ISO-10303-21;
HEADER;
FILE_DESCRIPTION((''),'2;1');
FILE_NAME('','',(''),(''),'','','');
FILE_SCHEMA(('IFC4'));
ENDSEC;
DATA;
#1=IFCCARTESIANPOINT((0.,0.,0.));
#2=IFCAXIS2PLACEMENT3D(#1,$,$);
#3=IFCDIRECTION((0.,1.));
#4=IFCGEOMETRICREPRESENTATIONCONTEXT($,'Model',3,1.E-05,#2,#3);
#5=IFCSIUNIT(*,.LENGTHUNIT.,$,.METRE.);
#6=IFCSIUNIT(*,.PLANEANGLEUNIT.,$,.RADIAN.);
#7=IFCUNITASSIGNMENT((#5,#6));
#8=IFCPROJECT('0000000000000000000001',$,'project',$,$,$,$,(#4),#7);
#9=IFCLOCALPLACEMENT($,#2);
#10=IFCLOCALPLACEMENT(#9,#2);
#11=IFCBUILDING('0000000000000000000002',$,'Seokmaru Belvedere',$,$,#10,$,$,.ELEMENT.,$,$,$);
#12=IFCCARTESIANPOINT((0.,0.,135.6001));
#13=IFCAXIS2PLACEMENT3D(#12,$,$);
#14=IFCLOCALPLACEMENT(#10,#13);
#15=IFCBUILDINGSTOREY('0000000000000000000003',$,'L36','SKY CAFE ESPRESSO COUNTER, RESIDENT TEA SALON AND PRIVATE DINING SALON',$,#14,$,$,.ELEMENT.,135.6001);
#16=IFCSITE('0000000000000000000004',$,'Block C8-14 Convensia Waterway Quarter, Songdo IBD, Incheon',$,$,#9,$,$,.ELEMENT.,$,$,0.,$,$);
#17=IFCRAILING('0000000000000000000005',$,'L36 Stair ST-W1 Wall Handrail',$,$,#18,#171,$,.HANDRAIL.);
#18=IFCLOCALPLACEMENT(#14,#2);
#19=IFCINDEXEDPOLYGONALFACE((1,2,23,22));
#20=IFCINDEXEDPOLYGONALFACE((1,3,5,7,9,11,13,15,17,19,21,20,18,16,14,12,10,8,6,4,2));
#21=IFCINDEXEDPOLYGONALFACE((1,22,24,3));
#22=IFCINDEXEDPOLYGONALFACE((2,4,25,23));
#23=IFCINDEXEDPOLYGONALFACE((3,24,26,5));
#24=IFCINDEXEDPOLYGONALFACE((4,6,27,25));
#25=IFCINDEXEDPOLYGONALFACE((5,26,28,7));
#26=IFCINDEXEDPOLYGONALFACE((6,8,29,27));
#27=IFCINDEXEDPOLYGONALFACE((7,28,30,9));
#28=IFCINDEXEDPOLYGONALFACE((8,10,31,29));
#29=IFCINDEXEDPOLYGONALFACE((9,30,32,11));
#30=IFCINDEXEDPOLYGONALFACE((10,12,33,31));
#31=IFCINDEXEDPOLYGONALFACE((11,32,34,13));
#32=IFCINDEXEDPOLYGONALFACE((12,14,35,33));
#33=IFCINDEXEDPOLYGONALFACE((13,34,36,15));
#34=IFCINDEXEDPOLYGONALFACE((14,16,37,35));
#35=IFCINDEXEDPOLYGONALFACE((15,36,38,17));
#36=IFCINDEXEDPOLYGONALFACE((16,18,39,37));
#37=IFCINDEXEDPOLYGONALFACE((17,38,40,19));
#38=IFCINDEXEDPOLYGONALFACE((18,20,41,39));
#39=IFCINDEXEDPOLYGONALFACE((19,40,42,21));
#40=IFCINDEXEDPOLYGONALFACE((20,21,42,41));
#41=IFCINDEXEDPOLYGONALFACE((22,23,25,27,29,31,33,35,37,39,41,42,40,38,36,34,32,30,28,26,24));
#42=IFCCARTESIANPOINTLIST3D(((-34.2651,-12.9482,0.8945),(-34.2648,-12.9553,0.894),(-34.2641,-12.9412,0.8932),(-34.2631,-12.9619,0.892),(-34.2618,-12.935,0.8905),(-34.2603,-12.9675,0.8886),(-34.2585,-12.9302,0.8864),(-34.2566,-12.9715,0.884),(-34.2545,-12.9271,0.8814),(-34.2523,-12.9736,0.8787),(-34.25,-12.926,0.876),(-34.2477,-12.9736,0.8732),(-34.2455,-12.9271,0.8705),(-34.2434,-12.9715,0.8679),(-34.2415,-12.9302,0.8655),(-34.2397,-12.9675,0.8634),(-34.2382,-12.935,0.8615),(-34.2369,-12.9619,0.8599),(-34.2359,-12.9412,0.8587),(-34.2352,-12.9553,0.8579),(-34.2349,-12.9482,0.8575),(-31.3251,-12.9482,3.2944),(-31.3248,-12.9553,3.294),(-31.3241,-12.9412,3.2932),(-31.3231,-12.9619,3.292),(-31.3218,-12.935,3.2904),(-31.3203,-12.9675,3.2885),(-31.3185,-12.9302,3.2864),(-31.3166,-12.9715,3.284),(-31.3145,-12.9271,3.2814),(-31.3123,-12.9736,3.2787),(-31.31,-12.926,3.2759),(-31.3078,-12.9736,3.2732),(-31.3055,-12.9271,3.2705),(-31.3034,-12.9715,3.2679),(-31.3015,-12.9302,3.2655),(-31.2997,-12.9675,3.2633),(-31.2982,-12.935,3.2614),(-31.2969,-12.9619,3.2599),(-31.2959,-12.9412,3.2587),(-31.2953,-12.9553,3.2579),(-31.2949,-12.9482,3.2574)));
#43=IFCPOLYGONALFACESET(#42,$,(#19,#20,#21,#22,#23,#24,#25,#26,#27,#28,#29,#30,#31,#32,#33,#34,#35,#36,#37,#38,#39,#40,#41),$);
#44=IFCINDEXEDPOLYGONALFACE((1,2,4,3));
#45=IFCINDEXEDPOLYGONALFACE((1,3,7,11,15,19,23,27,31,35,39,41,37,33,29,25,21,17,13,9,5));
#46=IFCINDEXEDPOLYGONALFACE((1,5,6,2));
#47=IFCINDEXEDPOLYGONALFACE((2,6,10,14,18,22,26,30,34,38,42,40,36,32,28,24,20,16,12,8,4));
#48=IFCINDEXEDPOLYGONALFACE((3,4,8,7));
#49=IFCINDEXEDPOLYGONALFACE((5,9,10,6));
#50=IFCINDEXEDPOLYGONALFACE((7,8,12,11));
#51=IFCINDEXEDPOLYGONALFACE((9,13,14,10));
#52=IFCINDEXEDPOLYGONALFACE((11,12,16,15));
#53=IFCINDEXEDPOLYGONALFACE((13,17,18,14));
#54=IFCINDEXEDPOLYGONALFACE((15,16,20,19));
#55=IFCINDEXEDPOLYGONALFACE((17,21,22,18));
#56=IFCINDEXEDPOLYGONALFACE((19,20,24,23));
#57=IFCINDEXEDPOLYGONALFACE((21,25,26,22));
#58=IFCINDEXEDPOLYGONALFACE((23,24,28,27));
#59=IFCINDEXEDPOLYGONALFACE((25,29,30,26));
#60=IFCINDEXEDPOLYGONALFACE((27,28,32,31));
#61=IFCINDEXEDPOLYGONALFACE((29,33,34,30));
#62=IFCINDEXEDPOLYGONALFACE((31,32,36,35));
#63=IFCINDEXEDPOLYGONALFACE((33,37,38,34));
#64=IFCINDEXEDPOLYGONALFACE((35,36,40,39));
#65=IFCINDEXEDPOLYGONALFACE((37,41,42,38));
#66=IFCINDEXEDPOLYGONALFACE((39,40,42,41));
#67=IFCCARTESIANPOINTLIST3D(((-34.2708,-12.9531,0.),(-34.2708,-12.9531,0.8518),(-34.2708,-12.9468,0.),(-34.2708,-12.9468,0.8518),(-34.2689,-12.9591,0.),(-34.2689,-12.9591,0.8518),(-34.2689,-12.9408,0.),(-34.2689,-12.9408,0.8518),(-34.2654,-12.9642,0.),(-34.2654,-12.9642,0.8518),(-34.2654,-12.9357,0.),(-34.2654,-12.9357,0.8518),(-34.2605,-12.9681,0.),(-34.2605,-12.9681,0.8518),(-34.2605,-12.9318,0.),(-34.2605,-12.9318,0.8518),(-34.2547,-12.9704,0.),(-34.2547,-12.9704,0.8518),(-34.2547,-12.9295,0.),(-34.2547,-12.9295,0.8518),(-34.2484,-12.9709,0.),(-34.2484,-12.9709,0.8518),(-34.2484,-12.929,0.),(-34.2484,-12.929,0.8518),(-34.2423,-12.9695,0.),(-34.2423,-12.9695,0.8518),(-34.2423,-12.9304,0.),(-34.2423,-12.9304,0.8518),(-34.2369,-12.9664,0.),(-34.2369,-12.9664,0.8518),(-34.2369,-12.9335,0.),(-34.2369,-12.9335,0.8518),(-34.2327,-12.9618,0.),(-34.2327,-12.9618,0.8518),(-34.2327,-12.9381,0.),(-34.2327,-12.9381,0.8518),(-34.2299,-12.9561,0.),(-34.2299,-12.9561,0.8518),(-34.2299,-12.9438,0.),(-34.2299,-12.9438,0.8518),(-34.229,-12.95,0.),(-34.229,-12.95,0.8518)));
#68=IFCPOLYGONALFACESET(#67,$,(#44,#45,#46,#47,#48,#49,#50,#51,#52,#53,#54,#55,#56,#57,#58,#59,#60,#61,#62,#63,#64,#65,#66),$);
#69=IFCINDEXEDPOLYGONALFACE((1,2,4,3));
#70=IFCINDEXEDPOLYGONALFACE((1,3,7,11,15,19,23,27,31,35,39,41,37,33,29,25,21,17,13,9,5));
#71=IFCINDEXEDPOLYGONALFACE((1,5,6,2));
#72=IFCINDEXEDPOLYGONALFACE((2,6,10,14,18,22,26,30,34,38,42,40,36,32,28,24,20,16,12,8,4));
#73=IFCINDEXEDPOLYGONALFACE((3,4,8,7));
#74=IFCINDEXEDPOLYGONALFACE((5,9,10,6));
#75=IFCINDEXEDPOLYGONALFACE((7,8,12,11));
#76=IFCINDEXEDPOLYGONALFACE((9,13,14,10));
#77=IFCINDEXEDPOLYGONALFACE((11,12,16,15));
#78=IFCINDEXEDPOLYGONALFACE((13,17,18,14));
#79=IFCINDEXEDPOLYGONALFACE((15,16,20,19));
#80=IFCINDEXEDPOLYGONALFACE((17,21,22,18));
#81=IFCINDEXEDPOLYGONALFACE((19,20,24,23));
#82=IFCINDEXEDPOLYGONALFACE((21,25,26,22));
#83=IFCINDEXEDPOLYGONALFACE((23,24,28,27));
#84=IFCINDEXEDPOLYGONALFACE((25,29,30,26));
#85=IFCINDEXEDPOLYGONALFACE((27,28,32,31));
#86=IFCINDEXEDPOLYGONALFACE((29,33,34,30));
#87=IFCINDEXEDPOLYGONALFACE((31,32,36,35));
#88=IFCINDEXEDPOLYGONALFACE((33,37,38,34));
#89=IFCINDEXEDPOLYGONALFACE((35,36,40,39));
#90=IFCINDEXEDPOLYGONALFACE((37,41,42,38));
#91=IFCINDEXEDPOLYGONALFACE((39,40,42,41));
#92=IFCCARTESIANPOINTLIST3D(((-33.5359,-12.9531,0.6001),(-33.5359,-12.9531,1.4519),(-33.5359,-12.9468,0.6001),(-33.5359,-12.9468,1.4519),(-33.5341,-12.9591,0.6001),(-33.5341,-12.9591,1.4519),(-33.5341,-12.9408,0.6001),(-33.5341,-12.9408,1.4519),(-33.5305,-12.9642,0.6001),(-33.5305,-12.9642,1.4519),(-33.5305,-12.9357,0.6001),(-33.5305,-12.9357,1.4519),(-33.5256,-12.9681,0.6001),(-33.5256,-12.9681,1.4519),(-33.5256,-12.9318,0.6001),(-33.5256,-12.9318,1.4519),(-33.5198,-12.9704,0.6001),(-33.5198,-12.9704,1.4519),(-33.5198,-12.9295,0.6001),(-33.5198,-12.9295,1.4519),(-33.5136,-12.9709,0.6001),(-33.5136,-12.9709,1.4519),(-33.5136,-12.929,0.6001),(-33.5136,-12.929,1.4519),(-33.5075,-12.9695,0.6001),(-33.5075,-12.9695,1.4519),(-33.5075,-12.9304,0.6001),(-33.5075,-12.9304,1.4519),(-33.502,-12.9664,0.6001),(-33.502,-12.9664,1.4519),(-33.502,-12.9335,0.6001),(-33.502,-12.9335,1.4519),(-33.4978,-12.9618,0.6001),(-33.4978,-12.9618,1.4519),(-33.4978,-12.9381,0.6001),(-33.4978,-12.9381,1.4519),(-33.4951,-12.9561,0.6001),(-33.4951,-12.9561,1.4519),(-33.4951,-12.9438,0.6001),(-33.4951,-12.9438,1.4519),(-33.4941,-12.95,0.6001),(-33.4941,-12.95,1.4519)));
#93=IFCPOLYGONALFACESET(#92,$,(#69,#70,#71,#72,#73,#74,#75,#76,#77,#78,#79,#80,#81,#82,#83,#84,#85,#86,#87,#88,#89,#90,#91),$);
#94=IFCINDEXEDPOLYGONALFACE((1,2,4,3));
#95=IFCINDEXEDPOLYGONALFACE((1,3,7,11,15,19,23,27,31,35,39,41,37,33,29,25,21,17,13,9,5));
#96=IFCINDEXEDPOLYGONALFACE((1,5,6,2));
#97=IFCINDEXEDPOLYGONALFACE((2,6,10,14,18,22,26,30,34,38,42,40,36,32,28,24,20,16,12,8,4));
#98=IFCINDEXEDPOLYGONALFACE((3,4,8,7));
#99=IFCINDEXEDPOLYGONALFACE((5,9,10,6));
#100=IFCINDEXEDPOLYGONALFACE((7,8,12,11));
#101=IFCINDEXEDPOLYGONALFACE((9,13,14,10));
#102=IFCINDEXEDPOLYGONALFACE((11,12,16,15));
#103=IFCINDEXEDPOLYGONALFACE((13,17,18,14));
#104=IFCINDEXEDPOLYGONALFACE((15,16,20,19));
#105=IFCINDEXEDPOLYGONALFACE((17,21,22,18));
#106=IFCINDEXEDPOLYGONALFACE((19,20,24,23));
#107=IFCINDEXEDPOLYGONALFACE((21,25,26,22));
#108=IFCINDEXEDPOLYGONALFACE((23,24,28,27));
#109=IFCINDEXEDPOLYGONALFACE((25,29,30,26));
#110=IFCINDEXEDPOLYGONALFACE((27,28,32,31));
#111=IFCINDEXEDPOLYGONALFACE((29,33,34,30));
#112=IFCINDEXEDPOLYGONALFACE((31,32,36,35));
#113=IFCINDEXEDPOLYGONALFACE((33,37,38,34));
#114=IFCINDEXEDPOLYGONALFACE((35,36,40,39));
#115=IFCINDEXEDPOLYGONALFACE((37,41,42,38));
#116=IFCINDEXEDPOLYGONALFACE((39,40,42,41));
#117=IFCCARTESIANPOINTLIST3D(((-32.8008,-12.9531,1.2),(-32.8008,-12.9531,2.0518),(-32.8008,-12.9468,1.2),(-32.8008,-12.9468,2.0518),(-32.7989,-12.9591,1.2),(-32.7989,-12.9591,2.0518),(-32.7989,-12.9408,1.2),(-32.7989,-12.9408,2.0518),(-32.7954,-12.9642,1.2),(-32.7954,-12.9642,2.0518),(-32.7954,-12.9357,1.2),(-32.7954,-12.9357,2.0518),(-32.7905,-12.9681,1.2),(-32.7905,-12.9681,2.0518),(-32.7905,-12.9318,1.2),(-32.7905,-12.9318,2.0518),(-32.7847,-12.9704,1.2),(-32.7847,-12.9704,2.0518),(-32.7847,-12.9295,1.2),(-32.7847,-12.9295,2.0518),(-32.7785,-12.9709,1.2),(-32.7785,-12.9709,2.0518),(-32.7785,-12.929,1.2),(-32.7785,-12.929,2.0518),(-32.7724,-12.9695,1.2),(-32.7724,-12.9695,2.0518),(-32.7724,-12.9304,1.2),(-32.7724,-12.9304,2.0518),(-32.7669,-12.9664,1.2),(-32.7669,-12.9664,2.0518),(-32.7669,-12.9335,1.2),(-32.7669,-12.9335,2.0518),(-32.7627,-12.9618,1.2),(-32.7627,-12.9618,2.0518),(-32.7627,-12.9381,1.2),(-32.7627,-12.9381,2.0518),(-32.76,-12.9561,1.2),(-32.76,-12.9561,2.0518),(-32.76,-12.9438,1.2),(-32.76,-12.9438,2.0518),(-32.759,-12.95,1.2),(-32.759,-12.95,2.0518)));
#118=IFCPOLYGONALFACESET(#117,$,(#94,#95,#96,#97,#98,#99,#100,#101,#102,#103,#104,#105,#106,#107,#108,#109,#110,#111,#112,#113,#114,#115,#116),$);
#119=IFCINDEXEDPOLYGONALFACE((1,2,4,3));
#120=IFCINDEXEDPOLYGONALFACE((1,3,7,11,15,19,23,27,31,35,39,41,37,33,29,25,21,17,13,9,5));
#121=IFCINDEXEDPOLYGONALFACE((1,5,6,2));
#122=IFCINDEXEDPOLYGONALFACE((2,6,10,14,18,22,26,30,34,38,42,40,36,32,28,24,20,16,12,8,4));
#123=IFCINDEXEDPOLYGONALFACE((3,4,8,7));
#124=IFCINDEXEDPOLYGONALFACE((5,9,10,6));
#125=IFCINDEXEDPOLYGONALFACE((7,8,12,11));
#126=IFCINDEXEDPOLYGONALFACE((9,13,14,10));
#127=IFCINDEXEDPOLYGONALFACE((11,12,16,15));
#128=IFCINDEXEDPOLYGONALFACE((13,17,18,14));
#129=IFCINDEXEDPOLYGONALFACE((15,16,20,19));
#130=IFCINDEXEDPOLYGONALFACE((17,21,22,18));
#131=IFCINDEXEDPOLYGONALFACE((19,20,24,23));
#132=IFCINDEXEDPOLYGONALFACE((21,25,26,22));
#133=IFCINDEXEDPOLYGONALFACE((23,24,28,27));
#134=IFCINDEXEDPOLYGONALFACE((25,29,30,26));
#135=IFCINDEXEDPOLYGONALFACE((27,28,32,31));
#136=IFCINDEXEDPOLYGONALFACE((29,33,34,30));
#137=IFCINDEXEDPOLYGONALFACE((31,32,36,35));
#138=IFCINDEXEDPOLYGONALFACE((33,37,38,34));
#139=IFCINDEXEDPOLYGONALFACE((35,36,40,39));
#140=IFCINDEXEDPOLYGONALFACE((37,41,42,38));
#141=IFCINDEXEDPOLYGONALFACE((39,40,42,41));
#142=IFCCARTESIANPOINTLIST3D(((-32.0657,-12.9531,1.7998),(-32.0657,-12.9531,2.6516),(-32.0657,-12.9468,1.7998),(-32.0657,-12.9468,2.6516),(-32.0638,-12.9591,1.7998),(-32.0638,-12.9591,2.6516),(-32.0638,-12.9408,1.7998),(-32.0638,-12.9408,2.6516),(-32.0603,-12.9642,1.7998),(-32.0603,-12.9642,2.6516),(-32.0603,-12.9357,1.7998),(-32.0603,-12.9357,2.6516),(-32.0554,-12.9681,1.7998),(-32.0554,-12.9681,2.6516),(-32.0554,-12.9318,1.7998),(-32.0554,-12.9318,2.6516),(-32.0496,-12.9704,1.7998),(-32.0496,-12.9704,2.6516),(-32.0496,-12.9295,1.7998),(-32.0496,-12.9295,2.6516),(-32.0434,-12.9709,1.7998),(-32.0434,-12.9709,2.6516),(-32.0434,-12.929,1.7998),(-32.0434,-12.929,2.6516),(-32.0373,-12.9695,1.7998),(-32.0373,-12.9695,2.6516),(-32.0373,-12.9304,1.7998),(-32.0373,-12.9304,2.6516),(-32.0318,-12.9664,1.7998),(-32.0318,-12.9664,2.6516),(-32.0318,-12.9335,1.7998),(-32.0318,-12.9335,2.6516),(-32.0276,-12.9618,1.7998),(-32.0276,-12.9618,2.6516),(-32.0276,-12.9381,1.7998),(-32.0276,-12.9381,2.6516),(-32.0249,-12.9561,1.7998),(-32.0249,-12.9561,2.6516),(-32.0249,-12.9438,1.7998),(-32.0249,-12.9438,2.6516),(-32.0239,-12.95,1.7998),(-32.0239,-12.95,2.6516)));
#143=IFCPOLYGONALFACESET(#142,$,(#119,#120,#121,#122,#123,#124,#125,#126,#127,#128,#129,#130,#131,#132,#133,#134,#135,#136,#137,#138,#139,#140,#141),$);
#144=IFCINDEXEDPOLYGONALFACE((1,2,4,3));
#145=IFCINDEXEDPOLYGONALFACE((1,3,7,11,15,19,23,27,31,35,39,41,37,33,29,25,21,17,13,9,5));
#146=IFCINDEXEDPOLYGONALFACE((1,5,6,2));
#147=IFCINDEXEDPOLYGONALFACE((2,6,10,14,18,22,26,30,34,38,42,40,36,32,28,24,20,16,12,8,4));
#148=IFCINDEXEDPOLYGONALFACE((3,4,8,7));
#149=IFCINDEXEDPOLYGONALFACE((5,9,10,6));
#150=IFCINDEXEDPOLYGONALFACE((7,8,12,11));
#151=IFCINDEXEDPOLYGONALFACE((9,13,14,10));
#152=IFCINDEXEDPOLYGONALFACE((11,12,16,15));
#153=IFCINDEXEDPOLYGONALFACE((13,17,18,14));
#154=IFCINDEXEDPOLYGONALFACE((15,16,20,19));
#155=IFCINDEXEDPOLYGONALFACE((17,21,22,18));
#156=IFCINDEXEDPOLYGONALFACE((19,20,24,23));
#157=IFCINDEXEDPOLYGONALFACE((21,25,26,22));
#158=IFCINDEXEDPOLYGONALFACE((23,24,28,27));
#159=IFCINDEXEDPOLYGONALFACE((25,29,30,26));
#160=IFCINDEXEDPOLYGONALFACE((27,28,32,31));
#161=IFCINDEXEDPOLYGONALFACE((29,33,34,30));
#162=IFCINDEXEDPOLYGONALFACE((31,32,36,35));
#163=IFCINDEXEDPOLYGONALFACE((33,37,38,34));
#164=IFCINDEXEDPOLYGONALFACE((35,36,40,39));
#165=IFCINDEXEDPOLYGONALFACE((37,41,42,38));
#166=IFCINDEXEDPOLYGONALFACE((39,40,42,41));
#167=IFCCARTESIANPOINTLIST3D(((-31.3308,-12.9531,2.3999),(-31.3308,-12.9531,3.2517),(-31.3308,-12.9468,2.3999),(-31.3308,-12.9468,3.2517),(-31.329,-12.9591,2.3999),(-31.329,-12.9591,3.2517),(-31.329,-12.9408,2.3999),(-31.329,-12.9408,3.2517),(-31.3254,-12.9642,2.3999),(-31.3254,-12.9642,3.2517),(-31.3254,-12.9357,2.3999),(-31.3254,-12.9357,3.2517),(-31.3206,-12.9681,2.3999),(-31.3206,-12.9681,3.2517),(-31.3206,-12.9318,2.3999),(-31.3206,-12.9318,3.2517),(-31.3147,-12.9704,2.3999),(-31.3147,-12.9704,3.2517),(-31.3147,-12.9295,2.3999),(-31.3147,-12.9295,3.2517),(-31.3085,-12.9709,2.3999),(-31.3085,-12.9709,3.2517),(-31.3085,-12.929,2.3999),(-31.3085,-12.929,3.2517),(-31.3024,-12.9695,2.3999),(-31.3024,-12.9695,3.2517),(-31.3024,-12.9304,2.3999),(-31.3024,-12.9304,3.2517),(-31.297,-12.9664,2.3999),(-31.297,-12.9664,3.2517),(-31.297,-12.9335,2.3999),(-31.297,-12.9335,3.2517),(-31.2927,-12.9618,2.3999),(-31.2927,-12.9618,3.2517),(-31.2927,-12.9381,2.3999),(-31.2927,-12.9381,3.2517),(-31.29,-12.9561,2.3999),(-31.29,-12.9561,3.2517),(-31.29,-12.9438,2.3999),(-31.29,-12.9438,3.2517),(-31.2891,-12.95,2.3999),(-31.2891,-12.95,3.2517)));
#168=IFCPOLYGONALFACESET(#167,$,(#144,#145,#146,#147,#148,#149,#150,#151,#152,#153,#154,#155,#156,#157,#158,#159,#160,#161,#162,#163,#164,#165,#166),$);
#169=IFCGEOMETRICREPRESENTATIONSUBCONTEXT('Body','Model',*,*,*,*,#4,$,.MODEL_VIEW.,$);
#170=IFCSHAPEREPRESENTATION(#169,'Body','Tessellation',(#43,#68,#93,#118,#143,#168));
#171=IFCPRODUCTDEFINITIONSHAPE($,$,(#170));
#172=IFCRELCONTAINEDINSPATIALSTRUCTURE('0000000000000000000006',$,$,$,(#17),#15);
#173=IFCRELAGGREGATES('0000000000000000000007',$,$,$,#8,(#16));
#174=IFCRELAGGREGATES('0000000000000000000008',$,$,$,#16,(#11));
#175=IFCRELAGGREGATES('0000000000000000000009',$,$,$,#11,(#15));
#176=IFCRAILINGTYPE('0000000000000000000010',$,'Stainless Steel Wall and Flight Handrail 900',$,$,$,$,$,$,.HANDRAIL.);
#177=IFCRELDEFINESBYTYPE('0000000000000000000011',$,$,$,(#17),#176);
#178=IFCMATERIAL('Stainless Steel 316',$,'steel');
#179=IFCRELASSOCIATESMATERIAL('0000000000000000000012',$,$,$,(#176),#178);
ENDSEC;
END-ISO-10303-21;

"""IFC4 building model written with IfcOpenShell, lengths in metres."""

from ifc_helpers import new_model, si_unit, direction, frame, origin, origin_2d, place, context, subcontext, project, spatial, circle, extrude, material, type_object, element, save


model = new_model("IFC4")

# Units and contexts
model_context = context("Model", 3, precision=1e-05, world=origin(), true_north=direction((0.0, 1.0)))
body_context = subcontext(model_context, "Body", "Model", "MODEL_VIEW")
ifc_project = project(units=[si_unit("LENGTHUNIT", "METRE"), si_unit("PLANEANGLEUNIT", "RADIAN")], contexts=[model_context])

# Site, building, storey
site_placement = place(None, origin())
site = spatial("IfcSite", under=ifc_project, at=site_placement, Name="Block C8-14 Convensia Waterway Quarter, Songdo IBD, Incheon", CompositionType="ELEMENT", RefElevation=0.0)
building_placement = place(site_placement, origin())
building = spatial("IfcBuilding", under=site, at=building_placement, Name="Seokmaru Belvedere", CompositionType="ELEMENT")
storey_placement = place(building_placement, frame((0.0, 0.0, 135.6001)))
storey = spatial("IfcBuildingStorey", under=building, at=storey_placement, Name="L36", Description="SKY CAFE ESPRESSO COUNTER, RESIDENT TEA SALON AND PRIVATE DINING SALON", CompositionType="ELEMENT", Elevation=135.6001)

# Railing
ifc_material_1 = material(Name="Stainless Steel 316", Category="steel")
railing_type_1 = type_object("IfcRailingType", Name="Stainless Steel Wall and Flight Handrail 900", PredefinedType="HANDRAIL", material=ifc_material_1)
railing_1_placement = place(storey_placement, frame((-34.25, -12.95, 0.0)))
element("IfcRailing", 1, at=railing_1_placement, inside=storey, type_object=railing_type_1, Name="L36 Stair ST-W1 Wall Handrail", PredefinedType="HANDRAIL", context=body_context, shape_type="SweptSolid", body=[
    extrude(circle(Radius=0.0239, at=origin_2d()), frame((0.0, 0.0, 0.876), z_axis=(0.774668, 0.0, 0.632369), x_axis=(0.0, 1.0, 0.0)), (0.0, 0.0, 1.0), 3.7952),
    extrude(circle(Radius=0.021, at=origin_2d()), origin(), (0.0, 0.0, 1.0), 0.8518),
    extrude(circle(Radius=0.021, at=origin_2d()), frame((0.7349, 0.0, 0.6001)), (0.0, 0.0, 1.0), 0.8518),
    extrude(circle(Radius=0.021, at=origin_2d()), frame((1.47, 0.0, 1.2)), (0.0, 0.0, 1.0), 0.8518),
    extrude(circle(Radius=0.021, at=origin_2d()), frame((2.2051, 0.0, 1.7998)), (0.0, 0.0, 1.0), 0.8518),
    extrude(circle(Radius=0.021, at=origin_2d()), frame((2.9399, 0.0, 2.3999)), (0.0, 0.0, 1.0), 0.8518),
])

save(model, "model.ifc")
